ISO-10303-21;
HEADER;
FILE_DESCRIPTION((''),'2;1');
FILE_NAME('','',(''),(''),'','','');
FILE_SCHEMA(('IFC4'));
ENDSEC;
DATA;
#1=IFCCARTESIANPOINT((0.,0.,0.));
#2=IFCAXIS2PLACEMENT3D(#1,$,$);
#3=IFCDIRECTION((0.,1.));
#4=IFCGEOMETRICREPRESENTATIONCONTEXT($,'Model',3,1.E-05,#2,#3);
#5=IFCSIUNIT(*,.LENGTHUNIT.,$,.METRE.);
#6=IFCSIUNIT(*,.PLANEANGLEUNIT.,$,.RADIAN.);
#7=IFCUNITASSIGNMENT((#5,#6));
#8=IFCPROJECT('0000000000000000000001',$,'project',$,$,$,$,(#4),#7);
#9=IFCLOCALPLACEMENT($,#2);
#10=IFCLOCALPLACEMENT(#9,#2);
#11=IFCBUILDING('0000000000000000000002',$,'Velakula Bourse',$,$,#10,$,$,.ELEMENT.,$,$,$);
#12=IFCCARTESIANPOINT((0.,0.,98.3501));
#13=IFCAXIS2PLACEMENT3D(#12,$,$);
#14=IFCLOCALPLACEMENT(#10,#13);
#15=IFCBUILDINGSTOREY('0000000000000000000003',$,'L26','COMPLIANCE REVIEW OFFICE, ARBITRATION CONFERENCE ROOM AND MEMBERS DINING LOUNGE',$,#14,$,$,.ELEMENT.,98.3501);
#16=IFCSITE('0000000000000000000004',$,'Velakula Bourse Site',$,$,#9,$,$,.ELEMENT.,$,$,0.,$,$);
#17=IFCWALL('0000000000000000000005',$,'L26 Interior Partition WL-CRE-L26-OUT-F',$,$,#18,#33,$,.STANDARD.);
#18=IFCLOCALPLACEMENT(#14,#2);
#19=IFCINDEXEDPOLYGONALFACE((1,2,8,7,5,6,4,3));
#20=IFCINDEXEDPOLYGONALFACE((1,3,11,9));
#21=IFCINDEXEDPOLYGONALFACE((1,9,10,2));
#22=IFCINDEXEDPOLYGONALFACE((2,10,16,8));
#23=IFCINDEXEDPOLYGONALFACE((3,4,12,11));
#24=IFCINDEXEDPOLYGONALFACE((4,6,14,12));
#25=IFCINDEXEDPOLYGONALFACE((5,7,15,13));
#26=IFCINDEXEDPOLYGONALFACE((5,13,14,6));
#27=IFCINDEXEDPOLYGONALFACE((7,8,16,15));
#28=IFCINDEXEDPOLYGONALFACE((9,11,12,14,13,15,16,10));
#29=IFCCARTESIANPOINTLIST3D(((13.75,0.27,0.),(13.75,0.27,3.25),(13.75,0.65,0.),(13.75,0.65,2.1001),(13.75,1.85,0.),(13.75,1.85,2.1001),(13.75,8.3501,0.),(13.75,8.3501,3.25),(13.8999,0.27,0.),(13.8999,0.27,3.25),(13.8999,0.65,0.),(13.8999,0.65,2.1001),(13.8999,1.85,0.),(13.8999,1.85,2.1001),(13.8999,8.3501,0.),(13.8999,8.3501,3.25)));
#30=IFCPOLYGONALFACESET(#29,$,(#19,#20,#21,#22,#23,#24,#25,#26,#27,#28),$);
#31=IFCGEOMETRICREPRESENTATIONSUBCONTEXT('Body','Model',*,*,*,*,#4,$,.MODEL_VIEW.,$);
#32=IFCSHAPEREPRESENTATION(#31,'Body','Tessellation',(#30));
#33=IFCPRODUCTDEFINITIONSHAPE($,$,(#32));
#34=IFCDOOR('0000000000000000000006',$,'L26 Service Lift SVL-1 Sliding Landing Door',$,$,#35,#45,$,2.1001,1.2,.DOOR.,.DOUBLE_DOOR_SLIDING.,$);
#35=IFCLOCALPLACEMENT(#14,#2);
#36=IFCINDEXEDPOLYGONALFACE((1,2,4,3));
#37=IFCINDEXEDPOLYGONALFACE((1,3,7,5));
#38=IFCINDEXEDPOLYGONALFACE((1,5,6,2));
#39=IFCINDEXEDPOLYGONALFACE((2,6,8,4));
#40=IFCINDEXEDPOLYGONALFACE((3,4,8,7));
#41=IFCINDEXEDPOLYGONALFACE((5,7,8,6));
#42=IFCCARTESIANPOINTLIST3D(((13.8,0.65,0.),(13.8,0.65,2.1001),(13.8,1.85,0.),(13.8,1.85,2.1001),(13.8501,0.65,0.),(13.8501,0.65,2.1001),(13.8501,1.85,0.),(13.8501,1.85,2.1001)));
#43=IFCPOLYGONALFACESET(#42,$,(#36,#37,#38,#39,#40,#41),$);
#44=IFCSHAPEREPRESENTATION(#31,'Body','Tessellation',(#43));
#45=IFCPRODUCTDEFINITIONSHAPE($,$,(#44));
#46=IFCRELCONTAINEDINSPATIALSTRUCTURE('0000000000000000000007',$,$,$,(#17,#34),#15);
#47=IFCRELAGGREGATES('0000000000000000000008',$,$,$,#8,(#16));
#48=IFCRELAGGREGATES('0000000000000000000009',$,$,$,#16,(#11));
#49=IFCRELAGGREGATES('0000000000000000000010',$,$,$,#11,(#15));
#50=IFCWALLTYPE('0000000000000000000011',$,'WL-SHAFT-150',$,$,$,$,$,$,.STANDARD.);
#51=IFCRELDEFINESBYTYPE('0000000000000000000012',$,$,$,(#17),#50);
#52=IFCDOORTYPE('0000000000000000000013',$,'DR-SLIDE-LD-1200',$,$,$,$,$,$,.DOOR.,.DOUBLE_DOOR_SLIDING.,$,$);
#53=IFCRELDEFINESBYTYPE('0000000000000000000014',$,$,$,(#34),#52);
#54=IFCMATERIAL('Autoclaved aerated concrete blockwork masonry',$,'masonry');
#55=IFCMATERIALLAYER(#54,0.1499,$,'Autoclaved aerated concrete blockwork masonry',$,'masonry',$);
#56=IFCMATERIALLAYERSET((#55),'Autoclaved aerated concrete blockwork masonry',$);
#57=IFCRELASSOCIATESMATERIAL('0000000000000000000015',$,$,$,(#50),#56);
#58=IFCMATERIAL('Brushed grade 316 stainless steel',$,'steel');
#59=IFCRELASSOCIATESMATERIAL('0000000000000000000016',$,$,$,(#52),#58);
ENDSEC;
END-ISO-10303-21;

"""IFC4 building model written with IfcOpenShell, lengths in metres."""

from ifc_helpers import new_model, si_unit, direction, frame, frame_2d, origin, place, context, subcontext, project, spatial, rectangle, extrude, material, layer, layer_set, type_object, element, fill, save


model = new_model("IFC4")

# Units and contexts
model_context = context("Model", 3, precision=1e-05, world=origin(), true_north=direction((0.0, 1.0)))
body_context = subcontext(model_context, "Body", "Model", "MODEL_VIEW")
ifc_project = project(units=[si_unit("LENGTHUNIT", "METRE"), si_unit("PLANEANGLEUNIT", "RADIAN")], contexts=[model_context])

# Site, building, storey
site_placement = place(None, origin())
site = spatial("IfcSite", under=ifc_project, at=site_placement, Name="Velakula Bourse Site", CompositionType="ELEMENT", RefElevation=0.0)
building_placement = place(site_placement, origin())
building = spatial("IfcBuilding", under=site, at=building_placement, Name="Velakula Bourse", CompositionType="ELEMENT")
storey_placement = place(building_placement, frame((0.0, 0.0, 98.3501)))
storey = spatial("IfcBuildingStorey", under=building, at=storey_placement, Name="L26", Description="COMPLIANCE REVIEW OFFICE, ARBITRATION CONFERENCE ROOM AND MEMBERS DINING LOUNGE", CompositionType="ELEMENT", Elevation=98.3501)

# Shared definitions
ifc_material_1 = material(Name="Autoclaved aerated concrete blockwork masonry", Category="masonry")
ifc_layer_1 = layer(ifc_material_1, 0.1499, Name="Autoclaved aerated concrete blockwork masonry", Category="masonry")
ifc_layer_set_1 = layer_set([ifc_layer_1], Name="Autoclaved aerated concrete blockwork masonry")
wall_type_1 = type_object("IfcWallType", Name="WL-SHAFT-150", PredefinedType="STANDARD", material=ifc_layer_set_1)

# Wall, opening, door
wall_1_placement = place(storey_placement, frame((13.825, 0.27, 0.0), z_axis=(0.0, 0.0, 1.0), x_axis=(0.0, 1.0, 0.0)))
wall_1 = element("IfcWall", 1, at=wall_1_placement, inside=storey, type_object=wall_type_1, Name="L26 Interior Partition WL-CRE-L26-OUT-F", PredefinedType="STANDARD", context=body_context, shape_type="SweptSolid", body=[
    extrude(rectangle(XDim=8.0801, YDim=0.1499, at=frame_2d((4.04, 0.0))), origin(), (0.0, 0.0, 1.0), 3.25),
])
opening_1_placement = place(wall_1_placement, frame((0.3799, 0.0, 0.0)))
opening_1 = element("IfcOpeningElement", 2, at=opening_1_placement, cuts=wall_1, PredefinedType="OPENING", context=body_context, shape_type="SweptSolid", body=[
    extrude(rectangle(XDim=1.2, YDim=2.1001, at=frame_2d((0.6001, 1.05))), frame((0.0, 0.085, 0.0), z_axis=(0.0, -1.0, 0.0), x_axis=(1.0, 0.0, 0.0)), (0.0, 0.0, 1.0), 0.1699),
])
ifc_material_2 = material(Name="Brushed grade 316 stainless steel", Category="steel")
door_type_1 = type_object("IfcDoorType", Name="DR-SLIDE-LD-1200", OperationType="DOUBLE_DOOR_SLIDING", PredefinedType="DOOR", material=ifc_material_2)
door_1_placement = place(opening_1_placement, origin())
door_1 = element("IfcDoor", 3, at=door_1_placement, inside=storey, type_object=door_type_1, Name="L26 Service Lift SVL-1 Sliding Landing Door", OperationType="DOUBLE_DOOR_SLIDING", OverallHeight=2.1001, OverallWidth=1.2, PredefinedType="DOOR", context=body_context, shape_type="SweptSolid", body=[
    extrude(rectangle(XDim=1.2, YDim=2.1001, at=frame_2d((0.6001, 1.05))), frame((0.0, 0.0249, 0.0), z_axis=(0.0, -1.0, 0.0), x_axis=(1.0, 0.0, 0.0)), (0.0, 0.0, 1.0), 0.05),
])
fill(opening_1, door_1)

save(model, "model.ifc")
